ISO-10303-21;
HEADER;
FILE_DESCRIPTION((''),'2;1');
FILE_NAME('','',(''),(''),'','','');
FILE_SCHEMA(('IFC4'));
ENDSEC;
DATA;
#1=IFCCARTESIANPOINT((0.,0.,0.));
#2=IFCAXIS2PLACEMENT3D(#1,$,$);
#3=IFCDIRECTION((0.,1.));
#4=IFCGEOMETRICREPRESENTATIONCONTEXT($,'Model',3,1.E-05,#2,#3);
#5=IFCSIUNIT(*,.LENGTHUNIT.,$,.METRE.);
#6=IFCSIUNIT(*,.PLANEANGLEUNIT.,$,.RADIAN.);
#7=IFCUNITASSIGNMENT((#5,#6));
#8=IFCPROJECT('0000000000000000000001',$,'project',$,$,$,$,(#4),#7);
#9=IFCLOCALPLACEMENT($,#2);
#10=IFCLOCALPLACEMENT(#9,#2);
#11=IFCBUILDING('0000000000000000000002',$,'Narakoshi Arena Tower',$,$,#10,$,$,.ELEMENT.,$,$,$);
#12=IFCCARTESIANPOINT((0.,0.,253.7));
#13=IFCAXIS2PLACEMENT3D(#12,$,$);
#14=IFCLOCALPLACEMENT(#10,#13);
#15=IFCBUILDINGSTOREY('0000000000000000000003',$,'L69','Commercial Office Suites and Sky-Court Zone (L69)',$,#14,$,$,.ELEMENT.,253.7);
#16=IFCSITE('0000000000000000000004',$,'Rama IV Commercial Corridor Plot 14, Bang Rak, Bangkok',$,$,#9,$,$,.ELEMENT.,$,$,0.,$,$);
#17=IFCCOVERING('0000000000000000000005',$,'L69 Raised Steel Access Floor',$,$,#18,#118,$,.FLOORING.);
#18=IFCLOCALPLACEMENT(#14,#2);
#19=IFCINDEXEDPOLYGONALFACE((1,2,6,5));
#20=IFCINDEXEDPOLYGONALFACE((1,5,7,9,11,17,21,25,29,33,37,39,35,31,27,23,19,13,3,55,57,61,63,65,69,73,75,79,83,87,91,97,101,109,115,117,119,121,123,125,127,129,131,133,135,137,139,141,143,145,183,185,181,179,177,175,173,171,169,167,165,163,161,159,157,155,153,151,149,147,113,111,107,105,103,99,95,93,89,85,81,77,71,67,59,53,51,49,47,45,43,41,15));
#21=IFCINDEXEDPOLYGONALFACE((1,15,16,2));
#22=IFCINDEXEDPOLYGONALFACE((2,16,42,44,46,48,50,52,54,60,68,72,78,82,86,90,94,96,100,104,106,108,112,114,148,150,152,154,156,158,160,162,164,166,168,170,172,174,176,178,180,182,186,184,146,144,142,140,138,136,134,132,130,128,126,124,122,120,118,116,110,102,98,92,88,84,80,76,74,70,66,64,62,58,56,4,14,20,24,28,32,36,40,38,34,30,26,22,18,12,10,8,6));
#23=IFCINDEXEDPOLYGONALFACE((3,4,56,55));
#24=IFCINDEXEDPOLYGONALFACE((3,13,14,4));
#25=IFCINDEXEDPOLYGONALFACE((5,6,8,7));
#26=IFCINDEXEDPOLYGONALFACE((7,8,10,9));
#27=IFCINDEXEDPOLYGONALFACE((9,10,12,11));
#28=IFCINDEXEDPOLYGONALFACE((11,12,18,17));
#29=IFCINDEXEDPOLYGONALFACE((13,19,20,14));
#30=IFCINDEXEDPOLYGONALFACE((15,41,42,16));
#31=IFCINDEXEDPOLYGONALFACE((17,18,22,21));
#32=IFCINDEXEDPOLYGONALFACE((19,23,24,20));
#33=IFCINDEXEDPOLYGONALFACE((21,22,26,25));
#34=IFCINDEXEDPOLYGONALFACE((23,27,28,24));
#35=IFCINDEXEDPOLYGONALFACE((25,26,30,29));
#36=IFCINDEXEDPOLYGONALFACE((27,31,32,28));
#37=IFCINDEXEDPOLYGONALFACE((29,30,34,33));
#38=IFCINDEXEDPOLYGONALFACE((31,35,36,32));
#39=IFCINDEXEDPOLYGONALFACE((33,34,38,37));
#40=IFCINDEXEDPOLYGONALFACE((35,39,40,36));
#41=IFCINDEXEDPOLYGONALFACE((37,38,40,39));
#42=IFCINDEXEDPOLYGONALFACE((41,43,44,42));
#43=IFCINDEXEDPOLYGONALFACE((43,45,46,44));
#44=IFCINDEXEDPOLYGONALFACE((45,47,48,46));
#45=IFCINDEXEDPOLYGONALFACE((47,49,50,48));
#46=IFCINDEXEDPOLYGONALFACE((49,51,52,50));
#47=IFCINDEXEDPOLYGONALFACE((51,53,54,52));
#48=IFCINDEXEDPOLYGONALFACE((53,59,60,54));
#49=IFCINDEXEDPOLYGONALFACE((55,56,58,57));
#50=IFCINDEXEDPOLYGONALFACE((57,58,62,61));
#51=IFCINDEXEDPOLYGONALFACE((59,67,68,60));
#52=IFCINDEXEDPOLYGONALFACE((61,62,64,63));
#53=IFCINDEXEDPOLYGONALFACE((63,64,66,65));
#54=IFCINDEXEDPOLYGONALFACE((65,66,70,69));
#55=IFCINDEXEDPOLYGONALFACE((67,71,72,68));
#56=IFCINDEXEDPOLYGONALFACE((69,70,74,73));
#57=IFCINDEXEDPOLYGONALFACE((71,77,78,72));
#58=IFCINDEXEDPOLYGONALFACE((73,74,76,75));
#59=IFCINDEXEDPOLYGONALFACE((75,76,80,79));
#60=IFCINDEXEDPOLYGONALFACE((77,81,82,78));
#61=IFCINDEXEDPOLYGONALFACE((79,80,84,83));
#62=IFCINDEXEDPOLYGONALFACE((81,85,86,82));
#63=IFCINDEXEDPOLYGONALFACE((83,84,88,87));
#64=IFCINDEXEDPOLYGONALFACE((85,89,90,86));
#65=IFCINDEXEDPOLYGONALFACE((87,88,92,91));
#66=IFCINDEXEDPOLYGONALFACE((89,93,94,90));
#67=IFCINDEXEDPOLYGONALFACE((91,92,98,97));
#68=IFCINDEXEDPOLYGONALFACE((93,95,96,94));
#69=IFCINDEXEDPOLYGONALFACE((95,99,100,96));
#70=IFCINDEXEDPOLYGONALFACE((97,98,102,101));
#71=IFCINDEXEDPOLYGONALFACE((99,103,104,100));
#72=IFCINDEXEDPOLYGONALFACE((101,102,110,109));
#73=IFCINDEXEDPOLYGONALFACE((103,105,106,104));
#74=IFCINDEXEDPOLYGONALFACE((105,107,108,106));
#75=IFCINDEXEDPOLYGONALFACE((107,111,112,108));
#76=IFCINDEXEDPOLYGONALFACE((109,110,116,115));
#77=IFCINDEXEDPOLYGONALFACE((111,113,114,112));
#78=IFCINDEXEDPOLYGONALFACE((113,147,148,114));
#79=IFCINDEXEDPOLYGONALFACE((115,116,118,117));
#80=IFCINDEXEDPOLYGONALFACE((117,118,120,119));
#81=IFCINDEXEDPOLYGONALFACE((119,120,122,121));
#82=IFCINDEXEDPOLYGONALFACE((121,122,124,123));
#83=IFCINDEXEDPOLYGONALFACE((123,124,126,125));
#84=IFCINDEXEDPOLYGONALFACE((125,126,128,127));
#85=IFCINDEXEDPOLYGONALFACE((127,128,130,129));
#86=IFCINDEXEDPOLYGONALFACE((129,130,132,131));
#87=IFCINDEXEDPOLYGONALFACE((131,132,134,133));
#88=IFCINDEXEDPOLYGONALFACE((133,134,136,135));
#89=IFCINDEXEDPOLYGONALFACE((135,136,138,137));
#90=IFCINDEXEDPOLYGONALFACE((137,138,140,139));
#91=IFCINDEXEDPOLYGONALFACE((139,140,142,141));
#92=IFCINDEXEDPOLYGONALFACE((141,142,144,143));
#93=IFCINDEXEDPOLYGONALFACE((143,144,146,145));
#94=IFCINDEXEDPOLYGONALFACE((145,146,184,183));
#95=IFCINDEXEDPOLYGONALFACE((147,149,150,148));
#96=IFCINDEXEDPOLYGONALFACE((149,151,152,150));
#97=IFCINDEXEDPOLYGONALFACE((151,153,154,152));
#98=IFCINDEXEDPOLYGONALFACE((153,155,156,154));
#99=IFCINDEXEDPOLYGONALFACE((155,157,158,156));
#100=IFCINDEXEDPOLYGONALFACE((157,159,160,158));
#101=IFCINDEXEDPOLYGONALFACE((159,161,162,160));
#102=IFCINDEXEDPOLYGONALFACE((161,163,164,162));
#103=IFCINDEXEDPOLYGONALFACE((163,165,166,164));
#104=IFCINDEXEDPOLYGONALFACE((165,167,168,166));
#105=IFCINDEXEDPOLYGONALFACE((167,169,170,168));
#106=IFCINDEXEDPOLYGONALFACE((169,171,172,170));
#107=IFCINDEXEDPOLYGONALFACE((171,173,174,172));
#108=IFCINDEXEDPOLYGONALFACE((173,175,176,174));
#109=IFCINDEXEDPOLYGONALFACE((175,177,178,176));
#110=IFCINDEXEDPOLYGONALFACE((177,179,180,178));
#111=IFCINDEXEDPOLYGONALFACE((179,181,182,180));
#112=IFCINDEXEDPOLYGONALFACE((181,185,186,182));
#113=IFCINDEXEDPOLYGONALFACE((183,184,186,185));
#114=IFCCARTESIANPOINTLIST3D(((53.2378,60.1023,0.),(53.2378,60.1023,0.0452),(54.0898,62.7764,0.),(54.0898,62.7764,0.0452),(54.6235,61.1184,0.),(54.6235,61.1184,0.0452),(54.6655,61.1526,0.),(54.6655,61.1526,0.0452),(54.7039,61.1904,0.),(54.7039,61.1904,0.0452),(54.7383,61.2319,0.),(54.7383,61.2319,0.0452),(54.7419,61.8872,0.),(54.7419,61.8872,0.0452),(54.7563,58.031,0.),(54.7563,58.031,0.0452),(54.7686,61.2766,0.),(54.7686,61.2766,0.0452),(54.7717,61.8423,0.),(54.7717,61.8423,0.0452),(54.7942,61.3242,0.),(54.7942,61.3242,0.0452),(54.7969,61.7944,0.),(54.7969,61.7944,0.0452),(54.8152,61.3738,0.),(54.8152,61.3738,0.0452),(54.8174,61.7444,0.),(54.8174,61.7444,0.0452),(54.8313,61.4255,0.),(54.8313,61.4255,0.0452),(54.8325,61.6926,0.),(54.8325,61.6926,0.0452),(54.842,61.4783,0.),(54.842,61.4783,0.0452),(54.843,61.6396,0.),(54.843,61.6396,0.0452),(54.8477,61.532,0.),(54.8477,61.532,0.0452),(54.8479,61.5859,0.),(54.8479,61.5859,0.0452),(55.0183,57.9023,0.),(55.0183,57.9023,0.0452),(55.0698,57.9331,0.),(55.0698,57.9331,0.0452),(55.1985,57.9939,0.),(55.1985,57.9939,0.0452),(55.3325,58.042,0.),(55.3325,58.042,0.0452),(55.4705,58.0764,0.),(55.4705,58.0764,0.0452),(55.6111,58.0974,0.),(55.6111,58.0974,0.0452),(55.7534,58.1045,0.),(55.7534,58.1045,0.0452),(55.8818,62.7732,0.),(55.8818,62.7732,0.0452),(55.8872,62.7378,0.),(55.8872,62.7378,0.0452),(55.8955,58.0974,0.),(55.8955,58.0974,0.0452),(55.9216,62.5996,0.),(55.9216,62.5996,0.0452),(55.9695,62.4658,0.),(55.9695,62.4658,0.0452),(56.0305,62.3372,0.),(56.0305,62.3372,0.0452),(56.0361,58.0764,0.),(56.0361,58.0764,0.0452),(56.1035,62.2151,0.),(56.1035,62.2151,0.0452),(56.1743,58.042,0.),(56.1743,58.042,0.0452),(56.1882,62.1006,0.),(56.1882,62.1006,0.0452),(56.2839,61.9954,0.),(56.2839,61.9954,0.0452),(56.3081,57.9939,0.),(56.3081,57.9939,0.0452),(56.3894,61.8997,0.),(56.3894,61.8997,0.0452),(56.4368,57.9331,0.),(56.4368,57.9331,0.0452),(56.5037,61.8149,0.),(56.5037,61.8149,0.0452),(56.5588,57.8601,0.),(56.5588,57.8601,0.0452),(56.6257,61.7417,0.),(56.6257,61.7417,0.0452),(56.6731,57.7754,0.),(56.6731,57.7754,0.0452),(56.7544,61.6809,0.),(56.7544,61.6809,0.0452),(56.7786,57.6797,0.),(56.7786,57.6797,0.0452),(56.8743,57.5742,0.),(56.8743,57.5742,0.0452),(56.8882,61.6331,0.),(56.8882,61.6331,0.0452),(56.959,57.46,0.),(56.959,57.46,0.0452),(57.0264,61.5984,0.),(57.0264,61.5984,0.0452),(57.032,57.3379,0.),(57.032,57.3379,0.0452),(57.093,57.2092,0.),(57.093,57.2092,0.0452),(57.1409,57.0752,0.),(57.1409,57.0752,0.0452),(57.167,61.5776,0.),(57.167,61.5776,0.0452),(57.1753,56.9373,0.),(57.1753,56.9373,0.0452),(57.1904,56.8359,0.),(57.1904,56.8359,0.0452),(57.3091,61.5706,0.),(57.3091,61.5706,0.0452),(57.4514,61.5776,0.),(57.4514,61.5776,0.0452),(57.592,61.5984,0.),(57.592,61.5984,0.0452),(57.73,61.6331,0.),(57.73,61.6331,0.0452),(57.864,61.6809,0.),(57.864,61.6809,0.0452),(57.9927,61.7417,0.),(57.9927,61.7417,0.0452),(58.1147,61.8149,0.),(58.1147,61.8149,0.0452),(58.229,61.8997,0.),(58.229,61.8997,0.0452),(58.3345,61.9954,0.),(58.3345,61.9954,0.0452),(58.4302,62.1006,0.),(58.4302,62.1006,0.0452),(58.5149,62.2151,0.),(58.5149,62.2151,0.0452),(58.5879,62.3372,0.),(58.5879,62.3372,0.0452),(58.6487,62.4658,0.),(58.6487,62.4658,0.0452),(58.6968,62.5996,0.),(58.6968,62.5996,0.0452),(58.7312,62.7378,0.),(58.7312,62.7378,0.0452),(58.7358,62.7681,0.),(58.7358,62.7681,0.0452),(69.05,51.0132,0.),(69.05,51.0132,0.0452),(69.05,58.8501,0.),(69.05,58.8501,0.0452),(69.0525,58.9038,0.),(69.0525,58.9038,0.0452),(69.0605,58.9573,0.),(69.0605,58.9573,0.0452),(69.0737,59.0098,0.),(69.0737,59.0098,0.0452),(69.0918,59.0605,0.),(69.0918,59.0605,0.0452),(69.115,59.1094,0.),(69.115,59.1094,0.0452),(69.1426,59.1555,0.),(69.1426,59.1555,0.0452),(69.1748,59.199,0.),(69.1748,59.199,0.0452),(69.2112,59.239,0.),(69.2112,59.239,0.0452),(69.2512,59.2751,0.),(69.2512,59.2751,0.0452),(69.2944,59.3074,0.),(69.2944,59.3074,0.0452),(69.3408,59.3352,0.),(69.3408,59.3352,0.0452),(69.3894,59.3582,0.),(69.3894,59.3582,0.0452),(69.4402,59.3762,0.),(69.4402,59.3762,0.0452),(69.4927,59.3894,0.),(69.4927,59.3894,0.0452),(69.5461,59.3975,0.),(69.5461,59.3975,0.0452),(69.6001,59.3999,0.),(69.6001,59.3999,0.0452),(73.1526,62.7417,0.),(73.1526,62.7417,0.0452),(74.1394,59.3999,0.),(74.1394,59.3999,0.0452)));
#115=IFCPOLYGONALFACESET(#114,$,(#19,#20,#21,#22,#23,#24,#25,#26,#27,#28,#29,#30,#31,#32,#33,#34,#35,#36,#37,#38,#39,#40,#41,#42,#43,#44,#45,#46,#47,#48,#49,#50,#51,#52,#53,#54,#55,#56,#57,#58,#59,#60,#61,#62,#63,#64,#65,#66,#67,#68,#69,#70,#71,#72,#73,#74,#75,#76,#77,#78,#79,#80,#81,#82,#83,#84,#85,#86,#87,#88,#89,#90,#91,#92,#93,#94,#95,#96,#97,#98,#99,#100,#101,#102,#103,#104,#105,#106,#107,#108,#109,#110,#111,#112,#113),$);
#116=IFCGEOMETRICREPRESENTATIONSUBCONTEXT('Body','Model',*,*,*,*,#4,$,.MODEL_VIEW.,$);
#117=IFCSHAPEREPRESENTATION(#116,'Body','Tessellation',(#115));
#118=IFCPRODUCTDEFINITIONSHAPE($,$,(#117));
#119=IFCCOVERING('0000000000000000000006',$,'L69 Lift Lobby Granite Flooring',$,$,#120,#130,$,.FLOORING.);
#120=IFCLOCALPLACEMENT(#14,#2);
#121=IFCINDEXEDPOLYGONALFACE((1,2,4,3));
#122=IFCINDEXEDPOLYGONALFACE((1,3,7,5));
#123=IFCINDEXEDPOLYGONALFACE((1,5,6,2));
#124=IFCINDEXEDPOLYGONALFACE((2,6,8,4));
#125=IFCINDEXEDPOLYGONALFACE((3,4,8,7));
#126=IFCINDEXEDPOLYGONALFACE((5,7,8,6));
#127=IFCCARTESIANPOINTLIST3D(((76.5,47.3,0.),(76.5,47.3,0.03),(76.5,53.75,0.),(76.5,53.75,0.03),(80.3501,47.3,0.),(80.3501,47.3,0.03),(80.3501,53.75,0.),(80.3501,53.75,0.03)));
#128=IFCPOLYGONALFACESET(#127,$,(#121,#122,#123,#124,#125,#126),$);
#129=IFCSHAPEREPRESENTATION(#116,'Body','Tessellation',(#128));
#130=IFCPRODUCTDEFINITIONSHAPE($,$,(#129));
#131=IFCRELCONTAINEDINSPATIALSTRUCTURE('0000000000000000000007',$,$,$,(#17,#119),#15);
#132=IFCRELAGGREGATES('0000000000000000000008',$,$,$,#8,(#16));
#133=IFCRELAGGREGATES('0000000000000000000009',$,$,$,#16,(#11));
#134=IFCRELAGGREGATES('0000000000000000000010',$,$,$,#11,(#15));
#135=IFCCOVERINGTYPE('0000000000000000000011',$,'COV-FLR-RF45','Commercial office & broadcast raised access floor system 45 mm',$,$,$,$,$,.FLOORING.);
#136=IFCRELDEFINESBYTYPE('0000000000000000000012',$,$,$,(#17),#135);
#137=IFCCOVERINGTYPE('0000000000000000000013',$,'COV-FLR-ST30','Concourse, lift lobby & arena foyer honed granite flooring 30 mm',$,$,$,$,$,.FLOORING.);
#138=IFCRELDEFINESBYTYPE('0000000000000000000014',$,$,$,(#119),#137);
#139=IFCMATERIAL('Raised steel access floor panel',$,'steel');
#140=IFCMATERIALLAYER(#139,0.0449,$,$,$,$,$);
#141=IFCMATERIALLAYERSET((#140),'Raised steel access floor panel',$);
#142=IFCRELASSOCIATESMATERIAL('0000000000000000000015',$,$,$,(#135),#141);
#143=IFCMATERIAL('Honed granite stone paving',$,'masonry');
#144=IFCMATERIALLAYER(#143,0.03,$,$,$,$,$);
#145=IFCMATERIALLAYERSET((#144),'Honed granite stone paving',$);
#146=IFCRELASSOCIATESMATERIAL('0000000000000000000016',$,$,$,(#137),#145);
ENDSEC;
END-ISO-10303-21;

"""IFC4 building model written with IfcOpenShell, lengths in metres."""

from ifc_helpers import new_model, si_unit, direction, frame, origin, place, context, subcontext, project, spatial, polyline, outline, extrude, material, layer, layer_set, type_object, element, save


model = new_model("IFC4")

# Units and contexts
model_context = context("Model", 3, precision=1e-05, world=origin(), true_north=direction((0.0, 1.0)))
body_context = subcontext(model_context, "Body", "Model", "MODEL_VIEW")
ifc_project = project(units=[si_unit("LENGTHUNIT", "METRE"), si_unit("PLANEANGLEUNIT", "RADIAN")], contexts=[model_context])

# Site, building, storey
site_placement = place(None, origin())
site = spatial("IfcSite", under=ifc_project, at=site_placement, Name="Rama IV Commercial Corridor Plot 14, Bang Rak, Bangkok", CompositionType="ELEMENT", RefElevation=0.0)
building_placement = place(site_placement, origin())
building = spatial("IfcBuilding", under=site, at=building_placement, Name="Narakoshi Arena Tower", CompositionType="ELEMENT")
storey_placement = place(building_placement, frame((0.0, 0.0, 253.7)))
storey = spatial("IfcBuildingStorey", under=building, at=storey_placement, Name="L69", Description="Commercial Office Suites and Sky-Court Zone (L69)", CompositionType="ELEMENT", Elevation=253.7)

# Coverings
ifc_material_1 = material(Name="Raised steel access floor panel", Category="steel")
ifc_layer_1 = layer(ifc_material_1, 0.0449)
ifc_layer_set_1 = layer_set([ifc_layer_1], Name="Raised steel access floor panel")
covering_type_1 = type_object("IfcCoveringType", Name="COV-FLR-RF45", Description="Commercial office & broadcast raised access floor system 45 mm", PredefinedType="FLOORING", material=ifc_layer_set_1)
covering_1_placement = place(storey_placement, origin())
element("IfcCovering", 1, at=covering_1_placement, inside=storey, type_object=covering_type_1, Name="L69 Raised Steel Access Floor", PredefinedType="FLOORING", context=body_context, shape_type="SweptSolid", body=[
    extrude(outline(polyline([(55.8818, 62.7732), (55.8872, 62.7378), (55.9216, 62.5996), (55.9695, 62.4658), (56.0305, 62.3372), (56.1035, 62.2151), (56.1882, 62.1006), (56.2839, 61.9954), (56.3894, 61.8997), (56.5037, 61.8149), (56.6257, 61.7417), (56.7544, 61.6809), (56.8882, 61.6331), (57.0264, 61.5984), (57.167, 61.5776), (57.3091, 61.5706), (57.4514, 61.5776), (57.592, 61.5984), (57.73, 61.6331), (57.864, 61.6809), (57.9927, 61.7417), (58.1147, 61.8149), (58.229, 61.8997), (58.3345, 61.9954), (58.4302, 62.1006), (58.5149, 62.2151), (58.5879, 62.3372), (58.6487, 62.4658), (58.6968, 62.5996), (58.7312, 62.7378), (58.7358, 62.7681), (73.1526, 62.7417), (74.1394, 59.3999), (69.6001, 59.3999), (69.5461, 59.3975), (69.4927, 59.3894), (69.4402, 59.3762), (69.3894, 59.3582), (69.3408, 59.3352), (69.2944, 59.3074), (69.2512, 59.2751), (69.2112, 59.239), (69.1748, 59.199), (69.1426, 59.1555), (69.115, 59.1094), (69.0918, 59.0605), (69.0737, 59.0098), (69.0605, 58.9573), (69.0525, 58.9038), (69.05, 58.8501), (69.05, 51.0132), (57.1904, 56.8359), (57.1753, 56.9373), (57.1409, 57.0752), (57.093, 57.2092), (57.032, 57.3379), (56.959, 57.46), (56.8743, 57.5742), (56.7786, 57.6797), (56.6731, 57.7754), (56.5588, 57.8601), (56.4368, 57.9331), (56.3081, 57.9939), (56.1743, 58.042), (56.0361, 58.0764), (55.8955, 58.0974), (55.7534, 58.1045), (55.6111, 58.0974), (55.4705, 58.0764), (55.3325, 58.042), (55.1985, 57.9939), (55.0698, 57.9331), (55.0183, 57.9023), (54.7563, 58.031), (53.2378, 60.1023), (54.6235, 61.1184), (54.6655, 61.1526), (54.7039, 61.1904), (54.7383, 61.2319), (54.7686, 61.2766), (54.7942, 61.3242), (54.8152, 61.3738), (54.8313, 61.4255), (54.842, 61.4783), (54.8477, 61.532), (54.8479, 61.5859), (54.843, 61.6396), (54.8325, 61.6926), (54.8174, 61.7444), (54.7969, 61.7944), (54.7717, 61.8423), (54.7419, 61.8872), (54.0898, 62.7764), (55.8818, 62.7732)])), origin(), (0.0, 0.0, 1.0), 0.0452),
])
ifc_material_2 = material(Name="Honed granite stone paving", Category="masonry")
ifc_layer_2 = layer(ifc_material_2, 0.03)
ifc_layer_set_2 = layer_set([ifc_layer_2], Name="Honed granite stone paving")
covering_type_2 = type_object("IfcCoveringType", Name="COV-FLR-ST30", Description="Concourse, lift lobby & arena foyer honed granite flooring 30 mm", PredefinedType="FLOORING", material=ifc_layer_set_2)
covering_2_placement = place(storey_placement, origin())
element("IfcCovering", 2, at=covering_2_placement, inside=storey, type_object=covering_type_2, Name="L69 Lift Lobby Granite Flooring", PredefinedType="FLOORING", context=body_context, shape_type="SweptSolid", body=[
    extrude(outline(polyline([(76.5, 47.3), (80.3501, 47.3), (80.3501, 53.75), (76.5, 53.75), (76.5, 47.3)])), origin(), (0.0, 0.0, 1.0), 0.03),
])

save(model, "model.ifc")
